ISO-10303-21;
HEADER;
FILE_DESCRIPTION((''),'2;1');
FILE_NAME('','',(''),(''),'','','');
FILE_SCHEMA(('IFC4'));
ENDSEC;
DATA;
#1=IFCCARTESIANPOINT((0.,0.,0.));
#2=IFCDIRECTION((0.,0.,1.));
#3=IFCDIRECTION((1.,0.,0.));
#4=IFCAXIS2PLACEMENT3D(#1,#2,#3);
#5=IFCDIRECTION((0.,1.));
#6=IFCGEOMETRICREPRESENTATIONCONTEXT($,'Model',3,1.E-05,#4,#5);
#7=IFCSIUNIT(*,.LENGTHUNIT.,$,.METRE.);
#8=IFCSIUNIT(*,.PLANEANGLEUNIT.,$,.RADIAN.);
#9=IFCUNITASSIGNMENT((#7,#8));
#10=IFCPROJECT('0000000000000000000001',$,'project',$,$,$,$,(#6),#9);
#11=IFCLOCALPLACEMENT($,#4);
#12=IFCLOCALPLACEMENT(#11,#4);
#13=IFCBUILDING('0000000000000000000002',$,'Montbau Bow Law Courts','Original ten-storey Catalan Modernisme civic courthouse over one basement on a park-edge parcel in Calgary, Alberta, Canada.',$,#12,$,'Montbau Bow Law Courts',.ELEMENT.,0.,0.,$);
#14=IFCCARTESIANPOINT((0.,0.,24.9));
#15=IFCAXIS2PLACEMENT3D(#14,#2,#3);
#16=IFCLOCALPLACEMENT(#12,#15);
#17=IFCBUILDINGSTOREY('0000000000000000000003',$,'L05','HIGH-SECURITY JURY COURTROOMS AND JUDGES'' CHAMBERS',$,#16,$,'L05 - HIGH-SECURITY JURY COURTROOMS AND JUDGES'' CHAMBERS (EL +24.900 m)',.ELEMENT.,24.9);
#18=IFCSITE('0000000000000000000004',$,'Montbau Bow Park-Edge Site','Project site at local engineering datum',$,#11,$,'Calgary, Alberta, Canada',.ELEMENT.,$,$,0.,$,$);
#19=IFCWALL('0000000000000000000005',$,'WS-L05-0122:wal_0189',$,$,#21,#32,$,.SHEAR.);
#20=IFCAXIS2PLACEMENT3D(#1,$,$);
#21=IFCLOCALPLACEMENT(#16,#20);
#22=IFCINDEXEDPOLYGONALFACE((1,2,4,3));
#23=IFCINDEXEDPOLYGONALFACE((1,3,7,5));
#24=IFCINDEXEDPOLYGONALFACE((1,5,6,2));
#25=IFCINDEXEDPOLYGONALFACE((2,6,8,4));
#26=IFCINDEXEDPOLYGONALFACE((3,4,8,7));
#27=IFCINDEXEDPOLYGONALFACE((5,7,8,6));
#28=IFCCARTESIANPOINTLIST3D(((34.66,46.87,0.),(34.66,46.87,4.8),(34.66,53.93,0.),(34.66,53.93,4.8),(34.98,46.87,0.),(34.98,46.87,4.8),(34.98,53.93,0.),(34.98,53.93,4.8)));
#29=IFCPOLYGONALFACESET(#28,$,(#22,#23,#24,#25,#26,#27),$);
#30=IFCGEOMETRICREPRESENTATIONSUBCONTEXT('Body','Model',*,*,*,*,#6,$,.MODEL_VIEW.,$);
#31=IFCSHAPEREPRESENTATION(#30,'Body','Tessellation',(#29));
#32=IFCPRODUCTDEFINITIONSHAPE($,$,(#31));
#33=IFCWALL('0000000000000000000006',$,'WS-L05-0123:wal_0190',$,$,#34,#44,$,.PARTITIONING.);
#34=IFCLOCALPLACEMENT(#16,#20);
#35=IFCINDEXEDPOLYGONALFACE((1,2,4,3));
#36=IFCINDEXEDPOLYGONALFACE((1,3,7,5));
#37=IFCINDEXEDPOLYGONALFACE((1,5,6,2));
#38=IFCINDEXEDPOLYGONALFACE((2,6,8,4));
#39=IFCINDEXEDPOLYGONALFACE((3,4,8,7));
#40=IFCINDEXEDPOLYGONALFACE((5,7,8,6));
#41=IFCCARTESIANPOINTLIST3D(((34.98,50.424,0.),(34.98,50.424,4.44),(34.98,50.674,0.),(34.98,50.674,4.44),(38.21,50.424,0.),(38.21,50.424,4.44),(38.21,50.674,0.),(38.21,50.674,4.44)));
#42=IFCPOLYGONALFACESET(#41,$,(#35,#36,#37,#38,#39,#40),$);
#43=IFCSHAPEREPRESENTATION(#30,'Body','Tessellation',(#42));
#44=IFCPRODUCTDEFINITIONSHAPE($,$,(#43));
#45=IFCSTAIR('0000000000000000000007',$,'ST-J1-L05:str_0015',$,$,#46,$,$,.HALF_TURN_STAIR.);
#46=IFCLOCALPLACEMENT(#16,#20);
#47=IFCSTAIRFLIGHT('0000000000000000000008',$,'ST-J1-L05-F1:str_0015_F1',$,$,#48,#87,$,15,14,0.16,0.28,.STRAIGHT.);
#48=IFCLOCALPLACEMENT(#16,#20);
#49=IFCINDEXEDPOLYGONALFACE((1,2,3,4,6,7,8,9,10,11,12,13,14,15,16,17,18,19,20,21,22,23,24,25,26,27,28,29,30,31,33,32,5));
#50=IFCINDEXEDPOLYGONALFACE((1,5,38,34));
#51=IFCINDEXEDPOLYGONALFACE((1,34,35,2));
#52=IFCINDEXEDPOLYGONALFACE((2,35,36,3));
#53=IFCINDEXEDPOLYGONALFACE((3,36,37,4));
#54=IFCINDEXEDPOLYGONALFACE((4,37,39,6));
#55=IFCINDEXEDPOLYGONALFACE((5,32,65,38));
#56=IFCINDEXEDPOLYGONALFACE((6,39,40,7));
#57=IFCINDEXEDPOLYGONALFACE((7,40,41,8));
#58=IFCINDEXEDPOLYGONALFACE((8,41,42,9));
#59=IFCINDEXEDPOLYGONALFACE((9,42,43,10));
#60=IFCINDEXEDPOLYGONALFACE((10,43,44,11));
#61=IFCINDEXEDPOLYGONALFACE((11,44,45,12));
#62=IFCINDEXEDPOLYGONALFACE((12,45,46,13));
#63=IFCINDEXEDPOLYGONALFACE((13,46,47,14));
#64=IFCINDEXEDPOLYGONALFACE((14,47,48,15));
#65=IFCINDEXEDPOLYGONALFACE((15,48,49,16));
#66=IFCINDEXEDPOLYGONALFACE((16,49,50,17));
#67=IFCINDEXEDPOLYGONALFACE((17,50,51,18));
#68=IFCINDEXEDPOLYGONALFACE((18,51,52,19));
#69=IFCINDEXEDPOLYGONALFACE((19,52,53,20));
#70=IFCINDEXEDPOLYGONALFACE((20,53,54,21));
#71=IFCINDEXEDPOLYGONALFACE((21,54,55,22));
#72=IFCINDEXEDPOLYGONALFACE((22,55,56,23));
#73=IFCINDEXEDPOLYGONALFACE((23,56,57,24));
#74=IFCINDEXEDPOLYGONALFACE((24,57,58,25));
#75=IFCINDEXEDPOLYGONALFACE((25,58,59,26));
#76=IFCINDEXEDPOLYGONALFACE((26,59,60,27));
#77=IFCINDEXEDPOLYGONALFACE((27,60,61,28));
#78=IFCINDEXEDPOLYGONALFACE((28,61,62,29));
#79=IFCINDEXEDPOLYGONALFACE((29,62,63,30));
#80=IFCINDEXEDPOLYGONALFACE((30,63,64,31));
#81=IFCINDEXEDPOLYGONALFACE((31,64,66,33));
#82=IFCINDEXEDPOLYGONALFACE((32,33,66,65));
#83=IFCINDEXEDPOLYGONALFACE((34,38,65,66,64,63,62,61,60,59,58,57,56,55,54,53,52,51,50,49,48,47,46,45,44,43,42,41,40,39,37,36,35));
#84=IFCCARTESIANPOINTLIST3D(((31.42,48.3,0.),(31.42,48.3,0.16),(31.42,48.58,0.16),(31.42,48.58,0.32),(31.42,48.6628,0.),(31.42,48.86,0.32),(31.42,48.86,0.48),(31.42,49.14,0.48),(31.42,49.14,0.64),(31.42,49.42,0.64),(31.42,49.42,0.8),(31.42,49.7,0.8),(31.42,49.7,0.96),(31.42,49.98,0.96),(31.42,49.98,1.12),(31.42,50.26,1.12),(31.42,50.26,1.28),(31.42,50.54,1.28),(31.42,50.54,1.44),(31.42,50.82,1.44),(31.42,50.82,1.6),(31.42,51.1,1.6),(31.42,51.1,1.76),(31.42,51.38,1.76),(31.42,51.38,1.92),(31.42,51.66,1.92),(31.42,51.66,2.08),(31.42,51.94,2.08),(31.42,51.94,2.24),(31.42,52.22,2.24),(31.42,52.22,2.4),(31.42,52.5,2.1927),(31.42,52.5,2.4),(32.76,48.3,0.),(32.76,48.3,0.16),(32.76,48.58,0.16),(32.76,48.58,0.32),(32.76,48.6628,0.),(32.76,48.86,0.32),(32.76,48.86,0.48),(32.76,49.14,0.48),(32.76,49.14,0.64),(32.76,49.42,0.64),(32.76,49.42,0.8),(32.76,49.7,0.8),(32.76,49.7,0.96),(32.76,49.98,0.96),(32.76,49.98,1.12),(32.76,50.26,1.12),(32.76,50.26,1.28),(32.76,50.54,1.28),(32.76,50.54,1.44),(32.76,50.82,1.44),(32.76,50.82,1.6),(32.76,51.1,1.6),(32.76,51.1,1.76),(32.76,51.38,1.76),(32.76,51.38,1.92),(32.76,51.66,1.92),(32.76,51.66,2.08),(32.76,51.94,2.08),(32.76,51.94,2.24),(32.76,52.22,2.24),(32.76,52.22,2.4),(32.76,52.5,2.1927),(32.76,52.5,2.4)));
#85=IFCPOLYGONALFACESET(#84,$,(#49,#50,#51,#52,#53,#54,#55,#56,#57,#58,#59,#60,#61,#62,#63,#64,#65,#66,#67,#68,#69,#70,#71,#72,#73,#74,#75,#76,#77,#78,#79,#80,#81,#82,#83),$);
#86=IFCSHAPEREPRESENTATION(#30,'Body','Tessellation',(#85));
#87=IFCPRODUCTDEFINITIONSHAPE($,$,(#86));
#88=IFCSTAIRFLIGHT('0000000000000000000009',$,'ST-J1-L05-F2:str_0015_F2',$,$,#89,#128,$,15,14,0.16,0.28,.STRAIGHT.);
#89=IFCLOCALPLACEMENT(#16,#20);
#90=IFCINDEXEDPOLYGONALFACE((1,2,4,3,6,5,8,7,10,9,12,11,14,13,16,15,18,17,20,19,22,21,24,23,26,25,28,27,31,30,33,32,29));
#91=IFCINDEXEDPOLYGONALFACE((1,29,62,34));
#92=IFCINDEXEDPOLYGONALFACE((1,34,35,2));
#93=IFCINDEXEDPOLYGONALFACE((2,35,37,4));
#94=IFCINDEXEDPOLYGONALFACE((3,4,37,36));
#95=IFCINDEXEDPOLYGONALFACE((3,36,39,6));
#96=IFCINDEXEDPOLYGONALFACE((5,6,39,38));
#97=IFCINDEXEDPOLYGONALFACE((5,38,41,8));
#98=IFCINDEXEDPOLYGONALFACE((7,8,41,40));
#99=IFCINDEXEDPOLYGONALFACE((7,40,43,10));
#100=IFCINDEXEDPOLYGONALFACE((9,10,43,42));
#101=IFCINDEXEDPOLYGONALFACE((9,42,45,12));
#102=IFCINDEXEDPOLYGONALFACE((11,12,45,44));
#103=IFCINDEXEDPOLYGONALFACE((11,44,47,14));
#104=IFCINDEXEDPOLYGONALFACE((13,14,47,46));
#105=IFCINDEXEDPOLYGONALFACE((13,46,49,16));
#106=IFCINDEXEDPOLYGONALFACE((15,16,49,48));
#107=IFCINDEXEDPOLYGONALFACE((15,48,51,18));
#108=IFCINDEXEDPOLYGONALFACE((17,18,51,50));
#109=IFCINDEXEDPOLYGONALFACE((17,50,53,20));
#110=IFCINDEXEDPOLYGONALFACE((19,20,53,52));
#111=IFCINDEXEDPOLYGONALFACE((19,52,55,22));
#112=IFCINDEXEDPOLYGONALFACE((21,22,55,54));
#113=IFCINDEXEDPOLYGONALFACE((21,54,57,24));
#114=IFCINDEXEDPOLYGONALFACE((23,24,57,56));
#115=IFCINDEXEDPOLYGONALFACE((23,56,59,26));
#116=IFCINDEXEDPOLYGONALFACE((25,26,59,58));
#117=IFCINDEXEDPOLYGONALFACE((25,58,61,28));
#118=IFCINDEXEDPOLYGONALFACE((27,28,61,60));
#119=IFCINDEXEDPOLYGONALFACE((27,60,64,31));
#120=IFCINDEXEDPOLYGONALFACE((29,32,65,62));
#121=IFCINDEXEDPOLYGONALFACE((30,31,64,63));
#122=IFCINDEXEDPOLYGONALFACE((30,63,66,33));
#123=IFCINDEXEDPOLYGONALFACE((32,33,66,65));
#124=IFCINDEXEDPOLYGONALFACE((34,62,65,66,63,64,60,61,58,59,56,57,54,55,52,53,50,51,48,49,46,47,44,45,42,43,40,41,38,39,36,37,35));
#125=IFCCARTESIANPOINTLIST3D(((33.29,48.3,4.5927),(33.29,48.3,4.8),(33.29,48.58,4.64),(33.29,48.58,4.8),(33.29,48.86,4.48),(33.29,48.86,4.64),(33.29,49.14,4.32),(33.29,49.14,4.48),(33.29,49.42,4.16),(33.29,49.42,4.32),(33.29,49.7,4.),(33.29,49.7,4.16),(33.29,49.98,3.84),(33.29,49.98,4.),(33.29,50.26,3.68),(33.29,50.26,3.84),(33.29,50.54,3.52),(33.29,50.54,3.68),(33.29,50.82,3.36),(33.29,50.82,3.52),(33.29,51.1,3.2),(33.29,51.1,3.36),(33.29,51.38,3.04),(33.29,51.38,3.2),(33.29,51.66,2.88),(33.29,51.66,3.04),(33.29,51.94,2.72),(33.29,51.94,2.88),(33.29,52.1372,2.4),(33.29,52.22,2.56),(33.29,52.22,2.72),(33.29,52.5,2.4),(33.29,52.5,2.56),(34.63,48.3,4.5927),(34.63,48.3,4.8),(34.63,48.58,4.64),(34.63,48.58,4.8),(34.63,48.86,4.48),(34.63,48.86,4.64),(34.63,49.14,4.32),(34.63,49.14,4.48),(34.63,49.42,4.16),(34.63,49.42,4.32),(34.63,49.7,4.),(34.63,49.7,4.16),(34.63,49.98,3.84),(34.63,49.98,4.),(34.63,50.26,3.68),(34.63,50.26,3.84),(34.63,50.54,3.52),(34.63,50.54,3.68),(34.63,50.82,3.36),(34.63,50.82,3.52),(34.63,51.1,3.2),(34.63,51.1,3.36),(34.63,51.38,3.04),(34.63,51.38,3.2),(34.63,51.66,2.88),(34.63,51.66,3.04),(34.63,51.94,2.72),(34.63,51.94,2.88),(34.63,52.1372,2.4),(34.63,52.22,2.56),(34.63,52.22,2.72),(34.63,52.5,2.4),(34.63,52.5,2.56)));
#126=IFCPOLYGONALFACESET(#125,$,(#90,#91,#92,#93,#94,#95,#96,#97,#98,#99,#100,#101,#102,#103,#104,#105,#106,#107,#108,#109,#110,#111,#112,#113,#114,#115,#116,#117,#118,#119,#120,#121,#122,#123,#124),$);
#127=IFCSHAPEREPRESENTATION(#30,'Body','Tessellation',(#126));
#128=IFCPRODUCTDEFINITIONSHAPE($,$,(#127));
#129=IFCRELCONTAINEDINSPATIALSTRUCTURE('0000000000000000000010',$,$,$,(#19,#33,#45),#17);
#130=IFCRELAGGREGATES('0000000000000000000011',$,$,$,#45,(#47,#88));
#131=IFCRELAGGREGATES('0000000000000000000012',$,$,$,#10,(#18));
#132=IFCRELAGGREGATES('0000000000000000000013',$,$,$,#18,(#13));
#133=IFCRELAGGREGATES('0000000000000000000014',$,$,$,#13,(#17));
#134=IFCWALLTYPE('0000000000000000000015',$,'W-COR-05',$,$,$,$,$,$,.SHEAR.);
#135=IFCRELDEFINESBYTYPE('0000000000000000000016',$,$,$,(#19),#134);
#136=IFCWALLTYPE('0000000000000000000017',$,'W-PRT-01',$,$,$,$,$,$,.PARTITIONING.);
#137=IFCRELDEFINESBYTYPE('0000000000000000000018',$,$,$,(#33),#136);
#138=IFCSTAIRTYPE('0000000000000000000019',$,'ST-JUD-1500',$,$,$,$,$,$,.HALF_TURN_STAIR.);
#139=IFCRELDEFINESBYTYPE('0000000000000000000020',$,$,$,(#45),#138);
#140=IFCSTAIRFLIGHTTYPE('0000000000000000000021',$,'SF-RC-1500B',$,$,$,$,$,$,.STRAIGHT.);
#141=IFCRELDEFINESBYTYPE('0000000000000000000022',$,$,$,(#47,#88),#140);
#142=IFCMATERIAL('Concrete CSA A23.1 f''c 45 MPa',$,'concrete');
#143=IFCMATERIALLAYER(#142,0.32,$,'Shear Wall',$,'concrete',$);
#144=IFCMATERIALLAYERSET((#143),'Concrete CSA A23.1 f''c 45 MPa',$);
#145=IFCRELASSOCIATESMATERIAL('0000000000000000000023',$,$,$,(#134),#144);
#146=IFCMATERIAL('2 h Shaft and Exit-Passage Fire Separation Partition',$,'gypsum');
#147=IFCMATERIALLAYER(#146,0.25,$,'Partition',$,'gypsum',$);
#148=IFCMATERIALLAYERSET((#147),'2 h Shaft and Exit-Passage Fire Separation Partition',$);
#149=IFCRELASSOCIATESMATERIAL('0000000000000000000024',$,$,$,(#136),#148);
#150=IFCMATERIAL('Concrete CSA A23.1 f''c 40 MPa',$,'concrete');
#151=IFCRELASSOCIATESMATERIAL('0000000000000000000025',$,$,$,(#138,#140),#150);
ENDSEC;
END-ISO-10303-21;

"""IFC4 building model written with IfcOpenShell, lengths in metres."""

from ifc_helpers import new_model, si_unit, direction, frame, frame_2d, origin_with_axes, place, context, subcontext, project, spatial, polyline, rectangle, outline, extrude, material, layer, layer_set, type_object, element, aggregate, save


model = new_model("IFC4")

# Units and contexts
model_context = context("Model", 3, precision=1e-05, world=origin_with_axes(), true_north=direction((0.0, 1.0)))
body_context = subcontext(model_context, "Body", "Model", "MODEL_VIEW")
ifc_project = project(units=[si_unit("LENGTHUNIT", "METRE"), si_unit("PLANEANGLEUNIT", "RADIAN")], contexts=[model_context])

# Site, building, storey
site_placement = place(None, origin_with_axes())
site = spatial("IfcSite", under=ifc_project, at=site_placement, Name="Montbau Bow Park-Edge Site", Description="Project site at local engineering datum", LongName="Calgary, Alberta, Canada", CompositionType="ELEMENT", RefElevation=0.0)
building_placement = place(site_placement, origin_with_axes())
building = spatial("IfcBuilding", under=site, at=building_placement, Name="Montbau Bow Law Courts", Description="Original ten-storey Catalan Modernisme civic courthouse over one basement on a park-edge parcel in Calgary, Alberta, Canada.", LongName="Montbau Bow Law Courts", CompositionType="ELEMENT", ElevationOfRefHeight=0.0, ElevationOfTerrain=0.0)
storey_placement = place(building_placement, frame((0.0, 0.0, 24.9), z_axis=(0.0, 0.0, 1.0), x_axis=(1.0, 0.0, 0.0)))
storey = spatial("IfcBuildingStorey", under=building, at=storey_placement, Name="L05", Description="HIGH-SECURITY JURY COURTROOMS AND JUDGES' CHAMBERS", LongName="L05 - HIGH-SECURITY JURY COURTROOMS AND JUDGES' CHAMBERS (EL +24.900 m)", CompositionType="ELEMENT", Elevation=24.9)

# Walls
ifc_material_1 = material(Name="Concrete CSA A23.1 f'c 45 MPa", Category="concrete")
ifc_layer_1 = layer(ifc_material_1, 0.32, Name="Shear Wall", Category="concrete")
ifc_layer_set_1 = layer_set([ifc_layer_1], Name="Concrete CSA A23.1 f'c 45 MPa")
wall_type_1 = type_object("IfcWallType", Name="W-COR-05", PredefinedType="SHEAR", material=ifc_layer_set_1)
wall_1_placement = place(None, frame((34.82, 46.87, 24.9), z_axis=(0.0, 0.0, 1.0), x_axis=(0.0, 1.0, 0.0)))
element("IfcWall", 1, at=wall_1_placement, inside=storey, type_object=wall_type_1, Name="WS-L05-0122:wal_0189", PredefinedType="SHEAR", context=body_context, shape_type="SweptSolid", body=[
    extrude(rectangle(XDim=7.06, YDim=0.32, at=frame_2d((3.53, 0.0), x_axis=(1.0, 0.0))), origin_with_axes(), (0.0, 0.0, 1.0), 4.8),
])
ifc_material_2 = material(Name="2 h Shaft and Exit-Passage Fire Separation Partition", Category="gypsum")
ifc_layer_2 = layer(ifc_material_2, 0.25, Name="Partition", Category="gypsum")
ifc_layer_set_2 = layer_set([ifc_layer_2], Name="2 h Shaft and Exit-Passage Fire Separation Partition")
wall_type_2 = type_object("IfcWallType", Name="W-PRT-01", PredefinedType="PARTITIONING", material=ifc_layer_set_2)
wall_2_placement = place(None, frame((34.98, 50.549, 24.9), z_axis=(0.0, 0.0, 1.0), x_axis=(1.0, 0.0, 0.0)))
element("IfcWall", 2, at=wall_2_placement, inside=storey, type_object=wall_type_2, Name="WS-L05-0123:wal_0190", PredefinedType="PARTITIONING", context=body_context, shape_type="SweptSolid", body=[
    extrude(rectangle(XDim=3.23, YDim=0.25, at=frame_2d((1.615, 0.0), x_axis=(1.0, 0.0))), origin_with_axes(), (0.0, 0.0, 1.0), 4.44),
])

# Stair, stair flights
ifc_material_3 = material(Name="Concrete CSA A23.1 f'c 40 MPa", Category="concrete")
stair_type = type_object("IfcStairType", Name="ST-JUD-1500", PredefinedType="HALF_TURN_STAIR", material=ifc_material_3)
stair_placement = place(None, frame((32.09, 48.3, 24.9), z_axis=(0.0, 0.0, 1.0), x_axis=(1.0, 0.0, 0.0)))
stair = element("IfcStair", 3, at=stair_placement, inside=storey, type_object=stair_type, Name="ST-J1-L05:str_0015", PredefinedType="HALF_TURN_STAIR")
stair_flight_type = type_object("IfcStairFlightType", Name="SF-RC-1500B", PredefinedType="STRAIGHT", material=ifc_material_3)
stair_flight_1_placement = place(None, frame((32.09, 48.3, 24.9), z_axis=(0.0, 0.0, 1.0), x_axis=(0.0, 1.0, 0.0)))
stair_flight_1 = element("IfcStairFlight", 4, at=stair_flight_1_placement, type_object=stair_flight_type, Name="ST-J1-L05-F1:str_0015_F1", NumberOfRisers=15, NumberOfTreads=14, PredefinedType="STRAIGHT", RiserHeight=0.16, TreadLength=0.28, context=body_context, shape_type="SweptSolid", body=[
    extrude(outline(polyline([(0.0, 0.0), (0.0, 0.16), (0.28, 0.16), (0.28, 0.32), (0.56, 0.32), (0.56, 0.48), (0.84, 0.48), (0.84, 0.64), (1.12, 0.64), (1.12, 0.8), (1.4, 0.8), (1.4, 0.96), (1.68, 0.96), (1.68, 1.12), (1.96, 1.12), (1.96, 1.28), (2.24, 1.28), (2.24, 1.44), (2.52, 1.44), (2.52, 1.6), (2.8, 1.6), (2.8, 1.76), (3.08, 1.76), (3.08, 1.92), (3.36, 1.92), (3.36, 2.08), (3.64, 2.08), (3.64, 2.24), (3.92, 2.24), (3.92, 2.4), (4.2, 2.4), (4.2, 2.1927), (0.3628, 0.0), (0.0, 0.0)])), frame((0.0, 0.67, 0.0), z_axis=(0.0, -1.0, 0.0), x_axis=(1.0, 0.0, 0.0)), (0.0, 0.0, 1.0), 1.34),
])
stair_flight_2_placement = place(None, frame((33.96, 52.5, 27.3), z_axis=(0.0, 0.0, 1.0), x_axis=(0.0, -1.0, 0.0)))
stair_flight_2 = element("IfcStairFlight", 5, at=stair_flight_2_placement, type_object=stair_flight_type, Name="ST-J1-L05-F2:str_0015_F2", NumberOfRisers=15, NumberOfTreads=14, PredefinedType="STRAIGHT", RiserHeight=0.16, TreadLength=0.28, context=body_context, shape_type="SweptSolid", body=[
    extrude(outline(polyline([(0.0, 0.0), (0.0, 0.16), (0.28, 0.16), (0.28, 0.32), (0.56, 0.32), (0.56, 0.48), (0.84, 0.48), (0.84, 0.64), (1.12, 0.64), (1.12, 0.8), (1.4, 0.8), (1.4, 0.96), (1.68, 0.96), (1.68, 1.12), (1.96, 1.12), (1.96, 1.28), (2.24, 1.28), (2.24, 1.44), (2.52, 1.44), (2.52, 1.6), (2.8, 1.6), (2.8, 1.76), (3.08, 1.76), (3.08, 1.92), (3.36, 1.92), (3.36, 2.08), (3.64, 2.08), (3.64, 2.24), (3.92, 2.24), (3.92, 2.4), (4.2, 2.4), (4.2, 2.1927), (0.3628, 0.0), (0.0, 0.0)])), frame((0.0, 0.67, 0.0), z_axis=(0.0, -1.0, 0.0), x_axis=(1.0, 0.0, 0.0)), (0.0, 0.0, 1.0), 1.34),
])
aggregate(stair, [stair_flight_1, stair_flight_2])

save(model, "model.ifc")
